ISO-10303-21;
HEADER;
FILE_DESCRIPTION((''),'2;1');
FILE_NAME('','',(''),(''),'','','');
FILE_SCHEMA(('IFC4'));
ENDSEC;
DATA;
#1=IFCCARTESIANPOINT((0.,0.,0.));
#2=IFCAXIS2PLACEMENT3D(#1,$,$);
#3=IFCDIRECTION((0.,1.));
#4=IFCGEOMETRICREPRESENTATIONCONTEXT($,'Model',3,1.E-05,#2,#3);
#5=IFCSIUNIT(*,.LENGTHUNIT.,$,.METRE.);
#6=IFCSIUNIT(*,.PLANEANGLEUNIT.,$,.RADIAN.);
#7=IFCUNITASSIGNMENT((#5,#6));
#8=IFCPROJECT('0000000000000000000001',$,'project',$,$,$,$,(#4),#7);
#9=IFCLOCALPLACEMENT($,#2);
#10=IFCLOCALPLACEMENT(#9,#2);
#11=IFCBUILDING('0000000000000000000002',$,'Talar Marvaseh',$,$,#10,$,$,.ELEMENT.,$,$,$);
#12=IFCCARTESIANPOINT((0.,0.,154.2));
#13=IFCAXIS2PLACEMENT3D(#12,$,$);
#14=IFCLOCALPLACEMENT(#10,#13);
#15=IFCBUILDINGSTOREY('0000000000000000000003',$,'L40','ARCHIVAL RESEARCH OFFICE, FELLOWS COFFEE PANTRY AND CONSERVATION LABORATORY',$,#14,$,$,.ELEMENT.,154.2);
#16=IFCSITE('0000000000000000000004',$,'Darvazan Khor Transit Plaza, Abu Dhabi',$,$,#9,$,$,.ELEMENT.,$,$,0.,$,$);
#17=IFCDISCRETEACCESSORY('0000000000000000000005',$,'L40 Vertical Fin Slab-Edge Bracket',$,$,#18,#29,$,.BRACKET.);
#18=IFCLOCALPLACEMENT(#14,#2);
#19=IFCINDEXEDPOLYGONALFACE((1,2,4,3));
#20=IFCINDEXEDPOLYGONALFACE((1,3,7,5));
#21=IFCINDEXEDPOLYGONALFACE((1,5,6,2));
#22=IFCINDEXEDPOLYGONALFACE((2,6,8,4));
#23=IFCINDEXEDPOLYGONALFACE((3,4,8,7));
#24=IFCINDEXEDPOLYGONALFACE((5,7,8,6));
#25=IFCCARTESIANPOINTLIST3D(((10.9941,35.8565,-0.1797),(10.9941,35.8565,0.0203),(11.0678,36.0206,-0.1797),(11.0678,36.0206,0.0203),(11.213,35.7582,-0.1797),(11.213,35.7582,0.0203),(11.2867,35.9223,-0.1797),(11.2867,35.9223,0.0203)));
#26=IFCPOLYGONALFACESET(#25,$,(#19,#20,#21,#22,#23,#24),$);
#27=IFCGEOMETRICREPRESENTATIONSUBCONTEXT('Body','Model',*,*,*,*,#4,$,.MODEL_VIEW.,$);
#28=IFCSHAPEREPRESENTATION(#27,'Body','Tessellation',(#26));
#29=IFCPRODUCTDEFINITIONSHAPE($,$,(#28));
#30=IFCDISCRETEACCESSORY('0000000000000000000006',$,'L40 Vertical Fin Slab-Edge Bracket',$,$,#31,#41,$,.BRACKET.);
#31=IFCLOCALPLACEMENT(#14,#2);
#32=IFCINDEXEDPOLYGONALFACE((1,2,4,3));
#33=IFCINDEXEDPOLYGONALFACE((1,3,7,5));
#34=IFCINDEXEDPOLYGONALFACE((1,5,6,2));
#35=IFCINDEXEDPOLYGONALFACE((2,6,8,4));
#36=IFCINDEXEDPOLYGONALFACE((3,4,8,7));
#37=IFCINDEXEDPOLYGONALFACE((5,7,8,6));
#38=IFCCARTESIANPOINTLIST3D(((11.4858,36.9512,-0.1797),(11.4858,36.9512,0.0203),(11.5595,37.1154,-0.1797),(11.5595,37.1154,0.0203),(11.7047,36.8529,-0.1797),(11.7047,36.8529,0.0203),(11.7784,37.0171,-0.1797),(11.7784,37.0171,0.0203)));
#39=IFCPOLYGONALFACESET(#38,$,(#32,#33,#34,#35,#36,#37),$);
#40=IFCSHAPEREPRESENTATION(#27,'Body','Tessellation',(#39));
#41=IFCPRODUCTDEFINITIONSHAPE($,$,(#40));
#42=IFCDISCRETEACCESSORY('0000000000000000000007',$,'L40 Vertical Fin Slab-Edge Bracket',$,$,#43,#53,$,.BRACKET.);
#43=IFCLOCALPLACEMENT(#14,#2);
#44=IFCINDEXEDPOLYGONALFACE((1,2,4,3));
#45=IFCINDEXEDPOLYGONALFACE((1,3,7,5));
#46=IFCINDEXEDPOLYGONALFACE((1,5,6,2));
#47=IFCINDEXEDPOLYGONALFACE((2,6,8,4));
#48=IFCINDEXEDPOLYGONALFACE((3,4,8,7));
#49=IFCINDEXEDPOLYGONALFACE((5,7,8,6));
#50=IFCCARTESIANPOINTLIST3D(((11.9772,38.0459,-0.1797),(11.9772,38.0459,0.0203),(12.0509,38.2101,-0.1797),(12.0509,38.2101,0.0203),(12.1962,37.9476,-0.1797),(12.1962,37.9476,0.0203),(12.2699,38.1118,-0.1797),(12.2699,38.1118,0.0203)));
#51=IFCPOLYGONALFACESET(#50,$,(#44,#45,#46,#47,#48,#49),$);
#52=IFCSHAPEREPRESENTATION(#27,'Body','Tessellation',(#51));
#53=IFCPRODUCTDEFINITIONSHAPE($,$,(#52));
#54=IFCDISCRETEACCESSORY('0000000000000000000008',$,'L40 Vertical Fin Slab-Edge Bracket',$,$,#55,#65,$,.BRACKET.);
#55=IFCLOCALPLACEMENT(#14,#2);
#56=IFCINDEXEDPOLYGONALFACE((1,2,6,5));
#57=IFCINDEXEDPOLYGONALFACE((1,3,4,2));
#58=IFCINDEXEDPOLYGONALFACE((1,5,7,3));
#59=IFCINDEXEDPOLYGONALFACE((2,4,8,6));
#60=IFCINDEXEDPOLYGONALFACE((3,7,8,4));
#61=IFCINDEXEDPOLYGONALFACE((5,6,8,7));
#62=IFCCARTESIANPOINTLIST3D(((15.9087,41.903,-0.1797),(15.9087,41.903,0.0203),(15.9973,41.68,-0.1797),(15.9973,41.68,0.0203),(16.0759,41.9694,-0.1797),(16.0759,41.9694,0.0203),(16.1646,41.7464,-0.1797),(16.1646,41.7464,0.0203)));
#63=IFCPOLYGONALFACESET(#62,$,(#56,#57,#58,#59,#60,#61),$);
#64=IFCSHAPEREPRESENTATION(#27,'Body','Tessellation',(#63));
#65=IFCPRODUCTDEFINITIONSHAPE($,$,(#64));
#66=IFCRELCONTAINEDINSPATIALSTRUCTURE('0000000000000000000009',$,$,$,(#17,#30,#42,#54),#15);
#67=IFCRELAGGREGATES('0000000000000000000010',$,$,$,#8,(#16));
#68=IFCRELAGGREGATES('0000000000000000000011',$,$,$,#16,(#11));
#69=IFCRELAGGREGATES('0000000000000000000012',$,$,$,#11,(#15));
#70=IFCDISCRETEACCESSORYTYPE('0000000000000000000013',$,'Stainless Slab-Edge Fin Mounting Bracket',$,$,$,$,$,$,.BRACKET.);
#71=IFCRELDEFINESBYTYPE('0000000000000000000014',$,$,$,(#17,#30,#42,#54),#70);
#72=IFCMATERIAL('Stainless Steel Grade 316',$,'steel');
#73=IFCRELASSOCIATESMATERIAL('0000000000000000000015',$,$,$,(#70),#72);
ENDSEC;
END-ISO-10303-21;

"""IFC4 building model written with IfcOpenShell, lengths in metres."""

from ifc_helpers import new_model, si_unit, direction, frame, origin, origin_2d, place, context, subcontext, project, spatial, rectangle, extrude, source, transform, mapped, material, type_object, type_shapes, element, save


model = new_model("IFC4")

# Units and contexts
model_context = context("Model", 3, precision=1e-05, world=origin(), true_north=direction((0.0, 1.0)))
body_context = subcontext(model_context, "Body", "Model", "MODEL_VIEW")
ifc_project = project(units=[si_unit("LENGTHUNIT", "METRE"), si_unit("PLANEANGLEUNIT", "RADIAN")], contexts=[model_context])

# Site, building, storey
site_placement = place(None, origin())
site = spatial("IfcSite", under=ifc_project, at=site_placement, Name="Darvazan Khor Transit Plaza, Abu Dhabi", CompositionType="ELEMENT", RefElevation=0.0)
building_placement = place(site_placement, origin())
building = spatial("IfcBuilding", under=site, at=building_placement, Name="Talar Marvaseh", CompositionType="ELEMENT")
storey_placement = place(building_placement, frame((0.0, 0.0, 154.2)))
storey = spatial("IfcBuildingStorey", under=building, at=storey_placement, Name="L40", Description="ARCHIVAL RESEARCH OFFICE, FELLOWS COFFEE PANTRY AND CONSERVATION LABORATORY", CompositionType="ELEMENT", Elevation=154.2)

# Discrete accessories
ifc_material_1 = material(Name="Stainless Steel Grade 316", Category="steel")
discrete_accessory_type = type_object("IfcDiscreteAccessoryType", Name="Stainless Slab-Edge Fin Mounting Bracket", PredefinedType="BRACKET", material=ifc_material_1)
shared_shape_1 = source(origin(), body_context, "Body", "SweptSolid", [
    extrude(rectangle(XDim=0.24, YDim=0.1799, at=origin_2d()), origin(), (0.0, 0.0, 1.0), 0.2),
])
type_shapes(discrete_accessory_type, [shared_shape_1])
for number, where, z_axis, x_axis, name in (
    (1, (11.1404, 35.8894, -0.1797), (0.0, 0.0, 1.0), (-0.912263, 0.409605, 0.0), "L40 Vertical Fin Slab-Edge Bracket"),
    (2, (11.6321, 36.9841, -0.1797), (0.0, 0.0, 1.0), (-0.912263, 0.409605, 0.0), "L40 Vertical Fin Slab-Edge Bracket"),
    (3, (12.1235, 38.0789, -0.1797), (0.0, 0.0, 1.0), (-0.912263, 0.409605, 0.0), "L40 Vertical Fin Slab-Edge Bracket"),
    (4, (16.0366, 41.8247, -0.1797), (0.0, 0.0, 1.0), (-0.369422, 0.929262, 0.0), "L40 Vertical Fin Slab-Edge Bracket"),
):
    element("IfcDiscreteAccessory", number, at=place(storey_placement, frame(where, z_axis=z_axis, x_axis=x_axis)), inside=storey, type_object=discrete_accessory_type, Name=name, PredefinedType="BRACKET", context=body_context, shape_type="MappedRepresentation", body=[
        mapped(shared_shape_1, transform((0.0, 0.0, 0.0), x_axis=(1.0, 0.0, 0.0), y_axis=(0.0, 1.0, 0.0), z_axis=(0.0, 0.0, 1.0), scale=1.0)),
    ])

save(model, "model.ifc")
